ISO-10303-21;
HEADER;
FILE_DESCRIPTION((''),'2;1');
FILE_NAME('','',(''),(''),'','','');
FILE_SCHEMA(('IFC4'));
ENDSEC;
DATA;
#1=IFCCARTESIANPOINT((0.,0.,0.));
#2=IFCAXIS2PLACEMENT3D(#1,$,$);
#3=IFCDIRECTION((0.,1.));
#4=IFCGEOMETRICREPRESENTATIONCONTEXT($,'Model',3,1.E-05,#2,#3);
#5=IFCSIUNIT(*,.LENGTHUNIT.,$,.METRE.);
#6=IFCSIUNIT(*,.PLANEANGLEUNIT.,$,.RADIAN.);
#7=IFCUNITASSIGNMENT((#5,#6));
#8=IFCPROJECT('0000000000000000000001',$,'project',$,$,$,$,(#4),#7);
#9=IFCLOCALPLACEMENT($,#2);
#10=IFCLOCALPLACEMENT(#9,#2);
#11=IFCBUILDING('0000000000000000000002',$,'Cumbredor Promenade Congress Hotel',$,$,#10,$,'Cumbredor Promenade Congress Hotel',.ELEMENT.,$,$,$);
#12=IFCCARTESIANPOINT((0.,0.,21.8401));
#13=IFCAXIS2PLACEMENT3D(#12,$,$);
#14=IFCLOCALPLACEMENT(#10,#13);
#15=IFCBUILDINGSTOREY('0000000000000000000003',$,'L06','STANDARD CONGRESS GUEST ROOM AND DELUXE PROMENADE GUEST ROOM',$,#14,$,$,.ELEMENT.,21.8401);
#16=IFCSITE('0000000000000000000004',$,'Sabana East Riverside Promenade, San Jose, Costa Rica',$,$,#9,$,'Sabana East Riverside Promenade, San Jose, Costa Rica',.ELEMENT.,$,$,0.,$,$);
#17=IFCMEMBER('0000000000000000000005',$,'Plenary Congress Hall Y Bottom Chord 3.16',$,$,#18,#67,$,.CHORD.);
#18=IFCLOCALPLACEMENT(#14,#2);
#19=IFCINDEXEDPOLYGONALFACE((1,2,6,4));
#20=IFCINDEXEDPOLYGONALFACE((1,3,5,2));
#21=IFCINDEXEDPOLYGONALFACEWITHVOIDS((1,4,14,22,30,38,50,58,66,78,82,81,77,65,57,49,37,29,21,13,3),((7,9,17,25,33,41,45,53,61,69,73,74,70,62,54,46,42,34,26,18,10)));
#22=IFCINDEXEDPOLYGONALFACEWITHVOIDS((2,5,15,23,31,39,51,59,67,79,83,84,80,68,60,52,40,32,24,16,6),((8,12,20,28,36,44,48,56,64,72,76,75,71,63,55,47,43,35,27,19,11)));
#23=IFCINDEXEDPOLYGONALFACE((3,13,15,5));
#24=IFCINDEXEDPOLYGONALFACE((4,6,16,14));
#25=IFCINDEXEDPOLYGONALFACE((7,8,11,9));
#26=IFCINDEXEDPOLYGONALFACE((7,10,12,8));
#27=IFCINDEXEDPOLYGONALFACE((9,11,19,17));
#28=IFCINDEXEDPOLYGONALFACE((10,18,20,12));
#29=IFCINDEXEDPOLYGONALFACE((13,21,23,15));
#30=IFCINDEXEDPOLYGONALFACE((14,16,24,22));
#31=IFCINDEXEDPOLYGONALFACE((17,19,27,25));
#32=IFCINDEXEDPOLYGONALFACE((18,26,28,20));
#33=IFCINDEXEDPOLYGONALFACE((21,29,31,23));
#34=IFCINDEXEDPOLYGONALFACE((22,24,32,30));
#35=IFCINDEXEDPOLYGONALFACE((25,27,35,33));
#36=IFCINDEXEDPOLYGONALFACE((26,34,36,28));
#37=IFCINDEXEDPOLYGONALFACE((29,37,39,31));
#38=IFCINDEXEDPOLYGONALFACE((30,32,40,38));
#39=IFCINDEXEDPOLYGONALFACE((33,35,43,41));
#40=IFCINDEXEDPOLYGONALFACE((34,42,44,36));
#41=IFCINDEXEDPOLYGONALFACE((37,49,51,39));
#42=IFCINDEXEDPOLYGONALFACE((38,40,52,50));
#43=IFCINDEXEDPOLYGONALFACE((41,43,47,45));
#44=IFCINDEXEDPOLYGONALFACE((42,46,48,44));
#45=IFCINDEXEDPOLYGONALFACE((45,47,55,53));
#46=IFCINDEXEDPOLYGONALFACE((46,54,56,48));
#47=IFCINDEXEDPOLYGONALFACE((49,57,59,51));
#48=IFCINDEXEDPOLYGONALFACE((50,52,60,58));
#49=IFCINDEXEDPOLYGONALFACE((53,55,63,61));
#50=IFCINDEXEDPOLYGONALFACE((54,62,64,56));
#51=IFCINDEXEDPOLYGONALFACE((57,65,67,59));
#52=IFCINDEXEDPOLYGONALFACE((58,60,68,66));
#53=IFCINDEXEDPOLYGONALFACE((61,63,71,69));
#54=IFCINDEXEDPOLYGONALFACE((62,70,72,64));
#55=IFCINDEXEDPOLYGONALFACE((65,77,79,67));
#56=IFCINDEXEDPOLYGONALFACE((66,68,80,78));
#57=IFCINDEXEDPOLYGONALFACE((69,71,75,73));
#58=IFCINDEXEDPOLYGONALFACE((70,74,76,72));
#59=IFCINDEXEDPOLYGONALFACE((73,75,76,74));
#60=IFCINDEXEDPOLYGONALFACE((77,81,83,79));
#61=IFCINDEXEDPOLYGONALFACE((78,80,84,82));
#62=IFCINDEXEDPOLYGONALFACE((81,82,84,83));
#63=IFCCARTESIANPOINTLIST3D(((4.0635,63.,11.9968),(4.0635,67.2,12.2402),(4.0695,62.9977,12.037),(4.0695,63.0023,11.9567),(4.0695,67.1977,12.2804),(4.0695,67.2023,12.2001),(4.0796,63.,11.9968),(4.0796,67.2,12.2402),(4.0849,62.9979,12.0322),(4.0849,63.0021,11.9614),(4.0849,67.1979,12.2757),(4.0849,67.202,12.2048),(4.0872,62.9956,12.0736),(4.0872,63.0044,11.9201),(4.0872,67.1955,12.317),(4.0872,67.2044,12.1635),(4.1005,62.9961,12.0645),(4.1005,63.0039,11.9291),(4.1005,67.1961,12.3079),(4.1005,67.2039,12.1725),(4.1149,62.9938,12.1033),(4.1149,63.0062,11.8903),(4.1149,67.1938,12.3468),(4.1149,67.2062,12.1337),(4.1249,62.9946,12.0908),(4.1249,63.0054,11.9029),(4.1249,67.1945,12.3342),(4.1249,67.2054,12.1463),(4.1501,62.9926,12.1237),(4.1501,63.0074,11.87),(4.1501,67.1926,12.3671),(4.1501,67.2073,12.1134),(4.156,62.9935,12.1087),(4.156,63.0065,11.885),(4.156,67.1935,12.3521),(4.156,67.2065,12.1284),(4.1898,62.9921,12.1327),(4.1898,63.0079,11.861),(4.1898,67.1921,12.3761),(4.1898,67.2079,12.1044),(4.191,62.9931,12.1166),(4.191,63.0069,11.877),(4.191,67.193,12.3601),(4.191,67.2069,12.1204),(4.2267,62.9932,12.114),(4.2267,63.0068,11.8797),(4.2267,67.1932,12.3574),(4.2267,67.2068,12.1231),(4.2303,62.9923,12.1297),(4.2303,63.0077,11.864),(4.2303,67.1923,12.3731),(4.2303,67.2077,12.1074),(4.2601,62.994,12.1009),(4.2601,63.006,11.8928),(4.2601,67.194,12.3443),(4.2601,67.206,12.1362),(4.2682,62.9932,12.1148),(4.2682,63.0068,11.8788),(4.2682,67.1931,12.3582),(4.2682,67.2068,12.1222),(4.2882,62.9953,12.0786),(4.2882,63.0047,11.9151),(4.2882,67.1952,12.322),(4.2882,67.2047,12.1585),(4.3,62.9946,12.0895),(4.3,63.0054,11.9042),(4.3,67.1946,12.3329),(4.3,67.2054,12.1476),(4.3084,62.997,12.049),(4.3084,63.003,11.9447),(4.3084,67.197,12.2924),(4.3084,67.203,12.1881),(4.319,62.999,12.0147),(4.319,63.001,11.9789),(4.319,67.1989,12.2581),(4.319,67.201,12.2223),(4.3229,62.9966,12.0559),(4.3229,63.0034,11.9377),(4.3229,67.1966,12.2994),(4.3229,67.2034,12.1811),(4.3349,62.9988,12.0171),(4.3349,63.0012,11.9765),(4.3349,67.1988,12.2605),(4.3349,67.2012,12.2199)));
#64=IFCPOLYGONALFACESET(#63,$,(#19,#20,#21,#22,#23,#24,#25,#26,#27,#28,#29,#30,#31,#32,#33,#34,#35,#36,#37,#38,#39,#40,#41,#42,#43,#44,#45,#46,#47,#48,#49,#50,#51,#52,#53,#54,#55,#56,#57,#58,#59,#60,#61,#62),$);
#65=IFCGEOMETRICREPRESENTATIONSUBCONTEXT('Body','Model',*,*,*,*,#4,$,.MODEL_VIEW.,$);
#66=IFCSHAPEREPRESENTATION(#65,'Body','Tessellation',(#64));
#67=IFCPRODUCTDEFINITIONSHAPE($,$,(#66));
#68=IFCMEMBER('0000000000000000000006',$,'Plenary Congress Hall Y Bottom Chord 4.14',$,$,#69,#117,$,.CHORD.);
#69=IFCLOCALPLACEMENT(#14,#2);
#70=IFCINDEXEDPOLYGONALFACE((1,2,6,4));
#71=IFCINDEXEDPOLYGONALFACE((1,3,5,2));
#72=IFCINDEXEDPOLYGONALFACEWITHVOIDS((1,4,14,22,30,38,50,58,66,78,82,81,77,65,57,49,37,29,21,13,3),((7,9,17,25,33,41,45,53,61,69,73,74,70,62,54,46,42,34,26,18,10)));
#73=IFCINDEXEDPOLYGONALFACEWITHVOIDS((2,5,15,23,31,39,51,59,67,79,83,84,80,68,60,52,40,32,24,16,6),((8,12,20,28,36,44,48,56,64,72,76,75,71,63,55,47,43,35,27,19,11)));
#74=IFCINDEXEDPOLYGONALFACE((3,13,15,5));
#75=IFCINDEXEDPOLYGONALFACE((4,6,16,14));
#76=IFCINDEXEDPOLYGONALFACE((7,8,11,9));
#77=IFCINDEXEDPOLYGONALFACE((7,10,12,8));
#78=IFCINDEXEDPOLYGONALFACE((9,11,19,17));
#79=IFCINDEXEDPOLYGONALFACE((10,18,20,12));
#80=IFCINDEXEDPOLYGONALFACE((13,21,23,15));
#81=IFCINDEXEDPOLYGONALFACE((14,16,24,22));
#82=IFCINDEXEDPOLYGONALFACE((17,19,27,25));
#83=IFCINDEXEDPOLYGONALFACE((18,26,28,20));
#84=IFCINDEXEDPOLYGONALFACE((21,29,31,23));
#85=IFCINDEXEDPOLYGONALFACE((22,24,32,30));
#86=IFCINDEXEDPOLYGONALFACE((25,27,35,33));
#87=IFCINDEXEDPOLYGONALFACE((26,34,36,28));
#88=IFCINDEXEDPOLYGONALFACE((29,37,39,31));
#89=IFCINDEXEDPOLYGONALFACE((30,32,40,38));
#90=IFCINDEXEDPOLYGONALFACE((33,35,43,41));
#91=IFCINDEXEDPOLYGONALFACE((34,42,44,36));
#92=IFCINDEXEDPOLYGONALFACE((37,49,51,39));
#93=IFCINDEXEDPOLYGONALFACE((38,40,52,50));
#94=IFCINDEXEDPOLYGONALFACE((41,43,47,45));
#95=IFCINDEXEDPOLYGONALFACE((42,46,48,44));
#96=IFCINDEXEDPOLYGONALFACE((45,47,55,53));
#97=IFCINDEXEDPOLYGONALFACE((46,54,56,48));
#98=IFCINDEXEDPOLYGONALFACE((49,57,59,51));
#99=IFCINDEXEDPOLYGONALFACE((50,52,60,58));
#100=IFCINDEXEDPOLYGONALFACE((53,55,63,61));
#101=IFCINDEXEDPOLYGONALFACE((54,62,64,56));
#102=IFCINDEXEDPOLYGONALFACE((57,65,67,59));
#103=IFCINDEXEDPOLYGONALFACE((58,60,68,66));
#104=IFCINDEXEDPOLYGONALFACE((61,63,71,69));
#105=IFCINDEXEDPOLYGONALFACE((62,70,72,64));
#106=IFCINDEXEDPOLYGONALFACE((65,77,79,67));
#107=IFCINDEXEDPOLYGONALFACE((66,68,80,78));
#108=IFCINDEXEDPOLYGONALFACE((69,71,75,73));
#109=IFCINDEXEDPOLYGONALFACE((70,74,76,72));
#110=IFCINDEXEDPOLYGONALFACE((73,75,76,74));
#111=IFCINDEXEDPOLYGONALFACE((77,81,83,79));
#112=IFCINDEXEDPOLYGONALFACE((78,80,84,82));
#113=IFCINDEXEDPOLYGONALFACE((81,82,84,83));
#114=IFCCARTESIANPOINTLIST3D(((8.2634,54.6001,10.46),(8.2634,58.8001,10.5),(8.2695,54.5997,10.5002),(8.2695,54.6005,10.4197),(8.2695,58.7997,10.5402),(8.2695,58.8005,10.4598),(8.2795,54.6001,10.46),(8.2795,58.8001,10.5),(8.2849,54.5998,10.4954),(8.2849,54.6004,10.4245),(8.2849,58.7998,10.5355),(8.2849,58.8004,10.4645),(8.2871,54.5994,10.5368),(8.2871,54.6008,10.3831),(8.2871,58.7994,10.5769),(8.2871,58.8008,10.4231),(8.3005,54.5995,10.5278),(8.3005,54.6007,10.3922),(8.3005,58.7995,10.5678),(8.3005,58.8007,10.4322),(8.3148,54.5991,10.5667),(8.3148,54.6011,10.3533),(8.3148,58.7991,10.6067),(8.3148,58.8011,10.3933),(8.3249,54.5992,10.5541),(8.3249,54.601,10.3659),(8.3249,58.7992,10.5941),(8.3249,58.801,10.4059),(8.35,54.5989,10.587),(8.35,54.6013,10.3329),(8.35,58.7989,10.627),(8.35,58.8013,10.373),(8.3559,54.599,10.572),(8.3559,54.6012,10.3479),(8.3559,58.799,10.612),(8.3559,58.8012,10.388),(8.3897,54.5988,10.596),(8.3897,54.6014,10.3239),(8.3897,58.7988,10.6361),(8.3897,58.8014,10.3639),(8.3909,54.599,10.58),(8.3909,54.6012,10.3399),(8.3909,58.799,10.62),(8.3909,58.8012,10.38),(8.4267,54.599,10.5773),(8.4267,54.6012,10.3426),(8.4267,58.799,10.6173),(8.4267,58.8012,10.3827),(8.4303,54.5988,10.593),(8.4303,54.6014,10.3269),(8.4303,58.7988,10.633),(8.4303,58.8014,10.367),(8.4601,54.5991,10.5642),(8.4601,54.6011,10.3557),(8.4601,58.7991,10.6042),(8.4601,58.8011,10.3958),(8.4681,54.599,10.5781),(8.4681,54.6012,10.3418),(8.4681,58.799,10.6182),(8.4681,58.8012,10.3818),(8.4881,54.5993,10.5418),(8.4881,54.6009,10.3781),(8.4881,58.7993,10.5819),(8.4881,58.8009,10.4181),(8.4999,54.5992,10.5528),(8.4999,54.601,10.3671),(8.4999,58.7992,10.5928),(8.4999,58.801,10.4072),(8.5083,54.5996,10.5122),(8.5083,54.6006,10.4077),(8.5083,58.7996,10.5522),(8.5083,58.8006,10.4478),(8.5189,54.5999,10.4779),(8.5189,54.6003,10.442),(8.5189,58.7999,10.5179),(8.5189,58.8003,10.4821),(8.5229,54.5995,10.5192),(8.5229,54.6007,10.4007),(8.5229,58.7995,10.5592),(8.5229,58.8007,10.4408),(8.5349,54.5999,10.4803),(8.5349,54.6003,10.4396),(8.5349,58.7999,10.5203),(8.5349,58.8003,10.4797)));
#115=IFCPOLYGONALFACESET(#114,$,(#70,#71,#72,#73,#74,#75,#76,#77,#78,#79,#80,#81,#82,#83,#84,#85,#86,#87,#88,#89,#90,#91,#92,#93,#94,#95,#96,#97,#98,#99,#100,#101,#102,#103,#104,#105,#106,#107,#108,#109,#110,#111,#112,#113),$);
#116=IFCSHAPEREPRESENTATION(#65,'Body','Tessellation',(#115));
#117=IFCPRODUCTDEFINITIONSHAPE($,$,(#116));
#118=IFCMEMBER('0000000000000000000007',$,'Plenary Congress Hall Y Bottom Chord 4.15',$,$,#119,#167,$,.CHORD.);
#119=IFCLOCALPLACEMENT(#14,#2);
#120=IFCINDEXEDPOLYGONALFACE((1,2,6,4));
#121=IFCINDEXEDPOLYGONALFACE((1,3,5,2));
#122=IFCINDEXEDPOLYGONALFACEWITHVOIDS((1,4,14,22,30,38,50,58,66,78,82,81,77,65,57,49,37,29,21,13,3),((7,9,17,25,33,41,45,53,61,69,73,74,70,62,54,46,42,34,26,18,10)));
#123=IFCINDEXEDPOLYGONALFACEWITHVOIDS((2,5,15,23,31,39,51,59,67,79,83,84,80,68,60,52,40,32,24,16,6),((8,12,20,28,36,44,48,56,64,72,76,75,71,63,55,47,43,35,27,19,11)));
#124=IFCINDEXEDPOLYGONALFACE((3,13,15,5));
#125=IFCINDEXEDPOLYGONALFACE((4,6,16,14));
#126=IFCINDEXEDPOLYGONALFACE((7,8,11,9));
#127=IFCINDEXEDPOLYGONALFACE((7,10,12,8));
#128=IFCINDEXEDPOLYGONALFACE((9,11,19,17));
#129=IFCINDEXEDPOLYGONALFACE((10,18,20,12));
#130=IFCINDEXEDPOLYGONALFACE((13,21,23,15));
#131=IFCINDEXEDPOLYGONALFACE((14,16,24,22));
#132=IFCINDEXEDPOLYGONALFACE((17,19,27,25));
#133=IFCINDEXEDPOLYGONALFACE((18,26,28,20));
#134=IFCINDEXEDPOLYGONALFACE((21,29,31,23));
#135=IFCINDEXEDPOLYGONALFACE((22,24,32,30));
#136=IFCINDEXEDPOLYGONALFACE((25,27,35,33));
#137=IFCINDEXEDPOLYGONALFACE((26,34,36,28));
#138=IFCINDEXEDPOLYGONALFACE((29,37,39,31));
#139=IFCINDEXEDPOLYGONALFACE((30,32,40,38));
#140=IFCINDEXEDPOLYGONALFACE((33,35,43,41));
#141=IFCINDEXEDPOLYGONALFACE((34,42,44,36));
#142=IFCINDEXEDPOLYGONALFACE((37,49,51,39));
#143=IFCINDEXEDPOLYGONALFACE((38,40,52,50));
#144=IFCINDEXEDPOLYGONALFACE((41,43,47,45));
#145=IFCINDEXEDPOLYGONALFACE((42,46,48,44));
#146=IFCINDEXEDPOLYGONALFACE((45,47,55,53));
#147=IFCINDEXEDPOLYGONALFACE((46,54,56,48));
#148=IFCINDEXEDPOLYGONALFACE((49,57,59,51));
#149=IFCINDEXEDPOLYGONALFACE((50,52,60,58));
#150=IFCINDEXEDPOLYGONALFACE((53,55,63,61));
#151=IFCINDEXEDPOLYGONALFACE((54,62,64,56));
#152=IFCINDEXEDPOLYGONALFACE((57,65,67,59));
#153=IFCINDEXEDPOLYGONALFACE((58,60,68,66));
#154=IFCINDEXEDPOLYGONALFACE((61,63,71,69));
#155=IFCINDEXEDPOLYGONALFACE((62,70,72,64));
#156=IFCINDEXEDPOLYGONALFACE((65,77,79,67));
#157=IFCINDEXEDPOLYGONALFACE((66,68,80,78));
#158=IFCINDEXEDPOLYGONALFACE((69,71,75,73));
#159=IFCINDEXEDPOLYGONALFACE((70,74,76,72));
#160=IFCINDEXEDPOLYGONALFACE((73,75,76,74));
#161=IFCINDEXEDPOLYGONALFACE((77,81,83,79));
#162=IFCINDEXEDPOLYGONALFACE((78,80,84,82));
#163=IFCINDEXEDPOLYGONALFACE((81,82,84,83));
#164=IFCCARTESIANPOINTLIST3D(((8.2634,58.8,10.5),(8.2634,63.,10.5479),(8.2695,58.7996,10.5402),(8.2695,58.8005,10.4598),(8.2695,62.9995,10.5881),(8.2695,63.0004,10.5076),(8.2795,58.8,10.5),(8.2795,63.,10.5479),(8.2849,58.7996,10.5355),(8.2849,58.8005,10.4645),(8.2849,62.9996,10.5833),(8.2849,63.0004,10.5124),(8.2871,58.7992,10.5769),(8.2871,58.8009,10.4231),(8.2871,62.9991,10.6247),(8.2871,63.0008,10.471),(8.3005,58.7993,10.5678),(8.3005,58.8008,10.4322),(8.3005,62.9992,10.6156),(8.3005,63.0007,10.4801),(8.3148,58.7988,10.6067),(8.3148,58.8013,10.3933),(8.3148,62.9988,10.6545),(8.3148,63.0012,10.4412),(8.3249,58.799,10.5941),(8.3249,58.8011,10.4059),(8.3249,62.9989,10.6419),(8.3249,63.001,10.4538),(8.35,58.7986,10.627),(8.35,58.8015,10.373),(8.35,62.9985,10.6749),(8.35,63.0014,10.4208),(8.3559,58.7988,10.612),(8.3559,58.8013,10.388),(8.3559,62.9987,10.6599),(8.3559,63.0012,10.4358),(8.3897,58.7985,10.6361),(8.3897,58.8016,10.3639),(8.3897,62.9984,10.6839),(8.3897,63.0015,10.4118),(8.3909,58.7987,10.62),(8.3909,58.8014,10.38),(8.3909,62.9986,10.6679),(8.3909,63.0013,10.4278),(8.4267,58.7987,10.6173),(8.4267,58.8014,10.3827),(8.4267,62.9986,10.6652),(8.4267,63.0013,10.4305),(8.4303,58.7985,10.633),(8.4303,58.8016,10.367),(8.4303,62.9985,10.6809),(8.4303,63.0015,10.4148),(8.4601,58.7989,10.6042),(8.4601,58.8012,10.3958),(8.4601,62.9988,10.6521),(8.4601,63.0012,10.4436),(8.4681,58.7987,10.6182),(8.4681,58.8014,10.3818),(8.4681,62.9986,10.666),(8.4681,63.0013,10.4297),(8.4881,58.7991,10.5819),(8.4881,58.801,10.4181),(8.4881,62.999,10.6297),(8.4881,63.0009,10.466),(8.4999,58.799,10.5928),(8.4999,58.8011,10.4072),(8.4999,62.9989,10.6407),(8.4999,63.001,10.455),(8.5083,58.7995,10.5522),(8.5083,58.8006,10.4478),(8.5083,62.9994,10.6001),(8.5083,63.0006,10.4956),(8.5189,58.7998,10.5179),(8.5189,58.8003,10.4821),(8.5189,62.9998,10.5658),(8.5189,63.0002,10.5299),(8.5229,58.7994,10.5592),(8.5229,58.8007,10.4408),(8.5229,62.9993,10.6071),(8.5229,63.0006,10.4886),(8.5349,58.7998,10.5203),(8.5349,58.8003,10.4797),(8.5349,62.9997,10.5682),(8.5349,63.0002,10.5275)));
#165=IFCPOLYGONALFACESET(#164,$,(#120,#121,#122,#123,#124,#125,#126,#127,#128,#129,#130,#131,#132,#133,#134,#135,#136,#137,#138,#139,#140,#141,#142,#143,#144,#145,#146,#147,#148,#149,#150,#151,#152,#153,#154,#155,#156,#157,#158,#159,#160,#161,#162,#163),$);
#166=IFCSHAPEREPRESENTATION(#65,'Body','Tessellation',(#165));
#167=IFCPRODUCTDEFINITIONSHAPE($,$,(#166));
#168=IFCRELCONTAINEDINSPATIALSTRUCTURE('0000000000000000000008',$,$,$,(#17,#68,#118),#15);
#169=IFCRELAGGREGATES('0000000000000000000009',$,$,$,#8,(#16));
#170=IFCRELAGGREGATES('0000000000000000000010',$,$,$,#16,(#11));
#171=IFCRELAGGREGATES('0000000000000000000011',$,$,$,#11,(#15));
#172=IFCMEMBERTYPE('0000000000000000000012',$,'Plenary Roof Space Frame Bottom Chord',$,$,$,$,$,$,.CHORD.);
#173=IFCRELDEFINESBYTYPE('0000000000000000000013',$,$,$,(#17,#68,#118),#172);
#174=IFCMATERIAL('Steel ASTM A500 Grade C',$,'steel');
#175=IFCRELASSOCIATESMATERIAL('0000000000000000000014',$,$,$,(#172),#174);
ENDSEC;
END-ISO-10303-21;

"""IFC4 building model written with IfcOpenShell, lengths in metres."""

from ifc_helpers import new_model, si_unit, direction, frame, origin, origin_2d, place, context, subcontext, project, spatial, hollow_circle, extrude, material, material_profile, profile_set, type_object, element, save


model = new_model("IFC4")

# Units and contexts
model_context = context("Model", 3, precision=1e-05, world=origin(), true_north=direction((0.0, 1.0)))
body_context = subcontext(model_context, "Body", "Model", "MODEL_VIEW")
ifc_project = project(units=[si_unit("LENGTHUNIT", "METRE"), si_unit("PLANEANGLEUNIT", "RADIAN")], contexts=[model_context])

# Site, building, storey
site_placement = place(None, origin())
site = spatial("IfcSite", under=ifc_project, at=site_placement, Name="Sabana East Riverside Promenade, San Jose, Costa Rica", LongName="Sabana East Riverside Promenade, San Jose, Costa Rica", CompositionType="ELEMENT", RefElevation=0.0)
building_placement = place(site_placement, origin())
building = spatial("IfcBuilding", under=site, at=building_placement, Name="Cumbredor Promenade Congress Hotel", LongName="Cumbredor Promenade Congress Hotel", CompositionType="ELEMENT")
storey_placement = place(building_placement, frame((0.0, 0.0, 21.8401)))
storey = spatial("IfcBuildingStorey", under=building, at=storey_placement, Name="L06", Description="STANDARD CONGRESS GUEST ROOM AND DELUXE PROMENADE GUEST ROOM", CompositionType="ELEMENT", Elevation=21.8401)

# Members
ifc_material_1 = material(Name="Steel ASTM A500 Grade C", Category="steel")
ifc_material_profile_1 = material_profile(ifc_material_1, hollow_circle(Radius=0.1365, WallThickness=0.0161, at=origin_2d()), Name="CHS 273.0x16")
ifc_profile_set_1 = profile_set([ifc_material_profile_1], Name="Steel ASTM A500 Grade C")
member_type_1 = type_object("IfcMemberType", Name="Plenary Roof Space Frame Bottom Chord", PredefinedType="CHORD", material=ifc_profile_set_1)
member_1_placement = place(storey_placement, frame((4.2, 63.0, 11.9968), z_axis=(0.0, 0.998325, 0.057858), x_axis=(-1.0, 0.0, 0.0)))
element("IfcMember", 1, at=member_1_placement, inside=storey, type_object=member_type_1, Name="Plenary Congress Hall Y Bottom Chord 3.16", PredefinedType="CHORD", context=body_context, shape_type="SweptSolid", body=[
    extrude(hollow_circle(Radius=0.1365, WallThickness=0.0161, at=origin_2d()), origin(), (0.0, 0.0, 1.0), 4.207),
])
for number, where, z_axis, x_axis, name in (
    (2, (8.3999, 54.6001, 10.46), (0.0, 0.999955, 0.009533), (-1.0, 0.0, 0.0), "Plenary Congress Hall Y Bottom Chord 4.14"),
    (3, (8.3999, 58.8, 10.5), (0.0, 0.999935, 0.011393), (-1.0, 0.0, 0.0), "Plenary Congress Hall Y Bottom Chord 4.15"),
):
    element("IfcMember", number, at=place(storey_placement, frame(where, z_axis=z_axis, x_axis=x_axis)), inside=storey, type_object=member_type_1, Name=name, PredefinedType="CHORD", context=body_context, shape_type="SweptSolid", body=[
        extrude(hollow_circle(Radius=0.1365, WallThickness=0.0161, at=origin_2d()), origin(), (0.0, 0.0, 1.0), 4.2002),
    ])

save(model, "model.ifc")
